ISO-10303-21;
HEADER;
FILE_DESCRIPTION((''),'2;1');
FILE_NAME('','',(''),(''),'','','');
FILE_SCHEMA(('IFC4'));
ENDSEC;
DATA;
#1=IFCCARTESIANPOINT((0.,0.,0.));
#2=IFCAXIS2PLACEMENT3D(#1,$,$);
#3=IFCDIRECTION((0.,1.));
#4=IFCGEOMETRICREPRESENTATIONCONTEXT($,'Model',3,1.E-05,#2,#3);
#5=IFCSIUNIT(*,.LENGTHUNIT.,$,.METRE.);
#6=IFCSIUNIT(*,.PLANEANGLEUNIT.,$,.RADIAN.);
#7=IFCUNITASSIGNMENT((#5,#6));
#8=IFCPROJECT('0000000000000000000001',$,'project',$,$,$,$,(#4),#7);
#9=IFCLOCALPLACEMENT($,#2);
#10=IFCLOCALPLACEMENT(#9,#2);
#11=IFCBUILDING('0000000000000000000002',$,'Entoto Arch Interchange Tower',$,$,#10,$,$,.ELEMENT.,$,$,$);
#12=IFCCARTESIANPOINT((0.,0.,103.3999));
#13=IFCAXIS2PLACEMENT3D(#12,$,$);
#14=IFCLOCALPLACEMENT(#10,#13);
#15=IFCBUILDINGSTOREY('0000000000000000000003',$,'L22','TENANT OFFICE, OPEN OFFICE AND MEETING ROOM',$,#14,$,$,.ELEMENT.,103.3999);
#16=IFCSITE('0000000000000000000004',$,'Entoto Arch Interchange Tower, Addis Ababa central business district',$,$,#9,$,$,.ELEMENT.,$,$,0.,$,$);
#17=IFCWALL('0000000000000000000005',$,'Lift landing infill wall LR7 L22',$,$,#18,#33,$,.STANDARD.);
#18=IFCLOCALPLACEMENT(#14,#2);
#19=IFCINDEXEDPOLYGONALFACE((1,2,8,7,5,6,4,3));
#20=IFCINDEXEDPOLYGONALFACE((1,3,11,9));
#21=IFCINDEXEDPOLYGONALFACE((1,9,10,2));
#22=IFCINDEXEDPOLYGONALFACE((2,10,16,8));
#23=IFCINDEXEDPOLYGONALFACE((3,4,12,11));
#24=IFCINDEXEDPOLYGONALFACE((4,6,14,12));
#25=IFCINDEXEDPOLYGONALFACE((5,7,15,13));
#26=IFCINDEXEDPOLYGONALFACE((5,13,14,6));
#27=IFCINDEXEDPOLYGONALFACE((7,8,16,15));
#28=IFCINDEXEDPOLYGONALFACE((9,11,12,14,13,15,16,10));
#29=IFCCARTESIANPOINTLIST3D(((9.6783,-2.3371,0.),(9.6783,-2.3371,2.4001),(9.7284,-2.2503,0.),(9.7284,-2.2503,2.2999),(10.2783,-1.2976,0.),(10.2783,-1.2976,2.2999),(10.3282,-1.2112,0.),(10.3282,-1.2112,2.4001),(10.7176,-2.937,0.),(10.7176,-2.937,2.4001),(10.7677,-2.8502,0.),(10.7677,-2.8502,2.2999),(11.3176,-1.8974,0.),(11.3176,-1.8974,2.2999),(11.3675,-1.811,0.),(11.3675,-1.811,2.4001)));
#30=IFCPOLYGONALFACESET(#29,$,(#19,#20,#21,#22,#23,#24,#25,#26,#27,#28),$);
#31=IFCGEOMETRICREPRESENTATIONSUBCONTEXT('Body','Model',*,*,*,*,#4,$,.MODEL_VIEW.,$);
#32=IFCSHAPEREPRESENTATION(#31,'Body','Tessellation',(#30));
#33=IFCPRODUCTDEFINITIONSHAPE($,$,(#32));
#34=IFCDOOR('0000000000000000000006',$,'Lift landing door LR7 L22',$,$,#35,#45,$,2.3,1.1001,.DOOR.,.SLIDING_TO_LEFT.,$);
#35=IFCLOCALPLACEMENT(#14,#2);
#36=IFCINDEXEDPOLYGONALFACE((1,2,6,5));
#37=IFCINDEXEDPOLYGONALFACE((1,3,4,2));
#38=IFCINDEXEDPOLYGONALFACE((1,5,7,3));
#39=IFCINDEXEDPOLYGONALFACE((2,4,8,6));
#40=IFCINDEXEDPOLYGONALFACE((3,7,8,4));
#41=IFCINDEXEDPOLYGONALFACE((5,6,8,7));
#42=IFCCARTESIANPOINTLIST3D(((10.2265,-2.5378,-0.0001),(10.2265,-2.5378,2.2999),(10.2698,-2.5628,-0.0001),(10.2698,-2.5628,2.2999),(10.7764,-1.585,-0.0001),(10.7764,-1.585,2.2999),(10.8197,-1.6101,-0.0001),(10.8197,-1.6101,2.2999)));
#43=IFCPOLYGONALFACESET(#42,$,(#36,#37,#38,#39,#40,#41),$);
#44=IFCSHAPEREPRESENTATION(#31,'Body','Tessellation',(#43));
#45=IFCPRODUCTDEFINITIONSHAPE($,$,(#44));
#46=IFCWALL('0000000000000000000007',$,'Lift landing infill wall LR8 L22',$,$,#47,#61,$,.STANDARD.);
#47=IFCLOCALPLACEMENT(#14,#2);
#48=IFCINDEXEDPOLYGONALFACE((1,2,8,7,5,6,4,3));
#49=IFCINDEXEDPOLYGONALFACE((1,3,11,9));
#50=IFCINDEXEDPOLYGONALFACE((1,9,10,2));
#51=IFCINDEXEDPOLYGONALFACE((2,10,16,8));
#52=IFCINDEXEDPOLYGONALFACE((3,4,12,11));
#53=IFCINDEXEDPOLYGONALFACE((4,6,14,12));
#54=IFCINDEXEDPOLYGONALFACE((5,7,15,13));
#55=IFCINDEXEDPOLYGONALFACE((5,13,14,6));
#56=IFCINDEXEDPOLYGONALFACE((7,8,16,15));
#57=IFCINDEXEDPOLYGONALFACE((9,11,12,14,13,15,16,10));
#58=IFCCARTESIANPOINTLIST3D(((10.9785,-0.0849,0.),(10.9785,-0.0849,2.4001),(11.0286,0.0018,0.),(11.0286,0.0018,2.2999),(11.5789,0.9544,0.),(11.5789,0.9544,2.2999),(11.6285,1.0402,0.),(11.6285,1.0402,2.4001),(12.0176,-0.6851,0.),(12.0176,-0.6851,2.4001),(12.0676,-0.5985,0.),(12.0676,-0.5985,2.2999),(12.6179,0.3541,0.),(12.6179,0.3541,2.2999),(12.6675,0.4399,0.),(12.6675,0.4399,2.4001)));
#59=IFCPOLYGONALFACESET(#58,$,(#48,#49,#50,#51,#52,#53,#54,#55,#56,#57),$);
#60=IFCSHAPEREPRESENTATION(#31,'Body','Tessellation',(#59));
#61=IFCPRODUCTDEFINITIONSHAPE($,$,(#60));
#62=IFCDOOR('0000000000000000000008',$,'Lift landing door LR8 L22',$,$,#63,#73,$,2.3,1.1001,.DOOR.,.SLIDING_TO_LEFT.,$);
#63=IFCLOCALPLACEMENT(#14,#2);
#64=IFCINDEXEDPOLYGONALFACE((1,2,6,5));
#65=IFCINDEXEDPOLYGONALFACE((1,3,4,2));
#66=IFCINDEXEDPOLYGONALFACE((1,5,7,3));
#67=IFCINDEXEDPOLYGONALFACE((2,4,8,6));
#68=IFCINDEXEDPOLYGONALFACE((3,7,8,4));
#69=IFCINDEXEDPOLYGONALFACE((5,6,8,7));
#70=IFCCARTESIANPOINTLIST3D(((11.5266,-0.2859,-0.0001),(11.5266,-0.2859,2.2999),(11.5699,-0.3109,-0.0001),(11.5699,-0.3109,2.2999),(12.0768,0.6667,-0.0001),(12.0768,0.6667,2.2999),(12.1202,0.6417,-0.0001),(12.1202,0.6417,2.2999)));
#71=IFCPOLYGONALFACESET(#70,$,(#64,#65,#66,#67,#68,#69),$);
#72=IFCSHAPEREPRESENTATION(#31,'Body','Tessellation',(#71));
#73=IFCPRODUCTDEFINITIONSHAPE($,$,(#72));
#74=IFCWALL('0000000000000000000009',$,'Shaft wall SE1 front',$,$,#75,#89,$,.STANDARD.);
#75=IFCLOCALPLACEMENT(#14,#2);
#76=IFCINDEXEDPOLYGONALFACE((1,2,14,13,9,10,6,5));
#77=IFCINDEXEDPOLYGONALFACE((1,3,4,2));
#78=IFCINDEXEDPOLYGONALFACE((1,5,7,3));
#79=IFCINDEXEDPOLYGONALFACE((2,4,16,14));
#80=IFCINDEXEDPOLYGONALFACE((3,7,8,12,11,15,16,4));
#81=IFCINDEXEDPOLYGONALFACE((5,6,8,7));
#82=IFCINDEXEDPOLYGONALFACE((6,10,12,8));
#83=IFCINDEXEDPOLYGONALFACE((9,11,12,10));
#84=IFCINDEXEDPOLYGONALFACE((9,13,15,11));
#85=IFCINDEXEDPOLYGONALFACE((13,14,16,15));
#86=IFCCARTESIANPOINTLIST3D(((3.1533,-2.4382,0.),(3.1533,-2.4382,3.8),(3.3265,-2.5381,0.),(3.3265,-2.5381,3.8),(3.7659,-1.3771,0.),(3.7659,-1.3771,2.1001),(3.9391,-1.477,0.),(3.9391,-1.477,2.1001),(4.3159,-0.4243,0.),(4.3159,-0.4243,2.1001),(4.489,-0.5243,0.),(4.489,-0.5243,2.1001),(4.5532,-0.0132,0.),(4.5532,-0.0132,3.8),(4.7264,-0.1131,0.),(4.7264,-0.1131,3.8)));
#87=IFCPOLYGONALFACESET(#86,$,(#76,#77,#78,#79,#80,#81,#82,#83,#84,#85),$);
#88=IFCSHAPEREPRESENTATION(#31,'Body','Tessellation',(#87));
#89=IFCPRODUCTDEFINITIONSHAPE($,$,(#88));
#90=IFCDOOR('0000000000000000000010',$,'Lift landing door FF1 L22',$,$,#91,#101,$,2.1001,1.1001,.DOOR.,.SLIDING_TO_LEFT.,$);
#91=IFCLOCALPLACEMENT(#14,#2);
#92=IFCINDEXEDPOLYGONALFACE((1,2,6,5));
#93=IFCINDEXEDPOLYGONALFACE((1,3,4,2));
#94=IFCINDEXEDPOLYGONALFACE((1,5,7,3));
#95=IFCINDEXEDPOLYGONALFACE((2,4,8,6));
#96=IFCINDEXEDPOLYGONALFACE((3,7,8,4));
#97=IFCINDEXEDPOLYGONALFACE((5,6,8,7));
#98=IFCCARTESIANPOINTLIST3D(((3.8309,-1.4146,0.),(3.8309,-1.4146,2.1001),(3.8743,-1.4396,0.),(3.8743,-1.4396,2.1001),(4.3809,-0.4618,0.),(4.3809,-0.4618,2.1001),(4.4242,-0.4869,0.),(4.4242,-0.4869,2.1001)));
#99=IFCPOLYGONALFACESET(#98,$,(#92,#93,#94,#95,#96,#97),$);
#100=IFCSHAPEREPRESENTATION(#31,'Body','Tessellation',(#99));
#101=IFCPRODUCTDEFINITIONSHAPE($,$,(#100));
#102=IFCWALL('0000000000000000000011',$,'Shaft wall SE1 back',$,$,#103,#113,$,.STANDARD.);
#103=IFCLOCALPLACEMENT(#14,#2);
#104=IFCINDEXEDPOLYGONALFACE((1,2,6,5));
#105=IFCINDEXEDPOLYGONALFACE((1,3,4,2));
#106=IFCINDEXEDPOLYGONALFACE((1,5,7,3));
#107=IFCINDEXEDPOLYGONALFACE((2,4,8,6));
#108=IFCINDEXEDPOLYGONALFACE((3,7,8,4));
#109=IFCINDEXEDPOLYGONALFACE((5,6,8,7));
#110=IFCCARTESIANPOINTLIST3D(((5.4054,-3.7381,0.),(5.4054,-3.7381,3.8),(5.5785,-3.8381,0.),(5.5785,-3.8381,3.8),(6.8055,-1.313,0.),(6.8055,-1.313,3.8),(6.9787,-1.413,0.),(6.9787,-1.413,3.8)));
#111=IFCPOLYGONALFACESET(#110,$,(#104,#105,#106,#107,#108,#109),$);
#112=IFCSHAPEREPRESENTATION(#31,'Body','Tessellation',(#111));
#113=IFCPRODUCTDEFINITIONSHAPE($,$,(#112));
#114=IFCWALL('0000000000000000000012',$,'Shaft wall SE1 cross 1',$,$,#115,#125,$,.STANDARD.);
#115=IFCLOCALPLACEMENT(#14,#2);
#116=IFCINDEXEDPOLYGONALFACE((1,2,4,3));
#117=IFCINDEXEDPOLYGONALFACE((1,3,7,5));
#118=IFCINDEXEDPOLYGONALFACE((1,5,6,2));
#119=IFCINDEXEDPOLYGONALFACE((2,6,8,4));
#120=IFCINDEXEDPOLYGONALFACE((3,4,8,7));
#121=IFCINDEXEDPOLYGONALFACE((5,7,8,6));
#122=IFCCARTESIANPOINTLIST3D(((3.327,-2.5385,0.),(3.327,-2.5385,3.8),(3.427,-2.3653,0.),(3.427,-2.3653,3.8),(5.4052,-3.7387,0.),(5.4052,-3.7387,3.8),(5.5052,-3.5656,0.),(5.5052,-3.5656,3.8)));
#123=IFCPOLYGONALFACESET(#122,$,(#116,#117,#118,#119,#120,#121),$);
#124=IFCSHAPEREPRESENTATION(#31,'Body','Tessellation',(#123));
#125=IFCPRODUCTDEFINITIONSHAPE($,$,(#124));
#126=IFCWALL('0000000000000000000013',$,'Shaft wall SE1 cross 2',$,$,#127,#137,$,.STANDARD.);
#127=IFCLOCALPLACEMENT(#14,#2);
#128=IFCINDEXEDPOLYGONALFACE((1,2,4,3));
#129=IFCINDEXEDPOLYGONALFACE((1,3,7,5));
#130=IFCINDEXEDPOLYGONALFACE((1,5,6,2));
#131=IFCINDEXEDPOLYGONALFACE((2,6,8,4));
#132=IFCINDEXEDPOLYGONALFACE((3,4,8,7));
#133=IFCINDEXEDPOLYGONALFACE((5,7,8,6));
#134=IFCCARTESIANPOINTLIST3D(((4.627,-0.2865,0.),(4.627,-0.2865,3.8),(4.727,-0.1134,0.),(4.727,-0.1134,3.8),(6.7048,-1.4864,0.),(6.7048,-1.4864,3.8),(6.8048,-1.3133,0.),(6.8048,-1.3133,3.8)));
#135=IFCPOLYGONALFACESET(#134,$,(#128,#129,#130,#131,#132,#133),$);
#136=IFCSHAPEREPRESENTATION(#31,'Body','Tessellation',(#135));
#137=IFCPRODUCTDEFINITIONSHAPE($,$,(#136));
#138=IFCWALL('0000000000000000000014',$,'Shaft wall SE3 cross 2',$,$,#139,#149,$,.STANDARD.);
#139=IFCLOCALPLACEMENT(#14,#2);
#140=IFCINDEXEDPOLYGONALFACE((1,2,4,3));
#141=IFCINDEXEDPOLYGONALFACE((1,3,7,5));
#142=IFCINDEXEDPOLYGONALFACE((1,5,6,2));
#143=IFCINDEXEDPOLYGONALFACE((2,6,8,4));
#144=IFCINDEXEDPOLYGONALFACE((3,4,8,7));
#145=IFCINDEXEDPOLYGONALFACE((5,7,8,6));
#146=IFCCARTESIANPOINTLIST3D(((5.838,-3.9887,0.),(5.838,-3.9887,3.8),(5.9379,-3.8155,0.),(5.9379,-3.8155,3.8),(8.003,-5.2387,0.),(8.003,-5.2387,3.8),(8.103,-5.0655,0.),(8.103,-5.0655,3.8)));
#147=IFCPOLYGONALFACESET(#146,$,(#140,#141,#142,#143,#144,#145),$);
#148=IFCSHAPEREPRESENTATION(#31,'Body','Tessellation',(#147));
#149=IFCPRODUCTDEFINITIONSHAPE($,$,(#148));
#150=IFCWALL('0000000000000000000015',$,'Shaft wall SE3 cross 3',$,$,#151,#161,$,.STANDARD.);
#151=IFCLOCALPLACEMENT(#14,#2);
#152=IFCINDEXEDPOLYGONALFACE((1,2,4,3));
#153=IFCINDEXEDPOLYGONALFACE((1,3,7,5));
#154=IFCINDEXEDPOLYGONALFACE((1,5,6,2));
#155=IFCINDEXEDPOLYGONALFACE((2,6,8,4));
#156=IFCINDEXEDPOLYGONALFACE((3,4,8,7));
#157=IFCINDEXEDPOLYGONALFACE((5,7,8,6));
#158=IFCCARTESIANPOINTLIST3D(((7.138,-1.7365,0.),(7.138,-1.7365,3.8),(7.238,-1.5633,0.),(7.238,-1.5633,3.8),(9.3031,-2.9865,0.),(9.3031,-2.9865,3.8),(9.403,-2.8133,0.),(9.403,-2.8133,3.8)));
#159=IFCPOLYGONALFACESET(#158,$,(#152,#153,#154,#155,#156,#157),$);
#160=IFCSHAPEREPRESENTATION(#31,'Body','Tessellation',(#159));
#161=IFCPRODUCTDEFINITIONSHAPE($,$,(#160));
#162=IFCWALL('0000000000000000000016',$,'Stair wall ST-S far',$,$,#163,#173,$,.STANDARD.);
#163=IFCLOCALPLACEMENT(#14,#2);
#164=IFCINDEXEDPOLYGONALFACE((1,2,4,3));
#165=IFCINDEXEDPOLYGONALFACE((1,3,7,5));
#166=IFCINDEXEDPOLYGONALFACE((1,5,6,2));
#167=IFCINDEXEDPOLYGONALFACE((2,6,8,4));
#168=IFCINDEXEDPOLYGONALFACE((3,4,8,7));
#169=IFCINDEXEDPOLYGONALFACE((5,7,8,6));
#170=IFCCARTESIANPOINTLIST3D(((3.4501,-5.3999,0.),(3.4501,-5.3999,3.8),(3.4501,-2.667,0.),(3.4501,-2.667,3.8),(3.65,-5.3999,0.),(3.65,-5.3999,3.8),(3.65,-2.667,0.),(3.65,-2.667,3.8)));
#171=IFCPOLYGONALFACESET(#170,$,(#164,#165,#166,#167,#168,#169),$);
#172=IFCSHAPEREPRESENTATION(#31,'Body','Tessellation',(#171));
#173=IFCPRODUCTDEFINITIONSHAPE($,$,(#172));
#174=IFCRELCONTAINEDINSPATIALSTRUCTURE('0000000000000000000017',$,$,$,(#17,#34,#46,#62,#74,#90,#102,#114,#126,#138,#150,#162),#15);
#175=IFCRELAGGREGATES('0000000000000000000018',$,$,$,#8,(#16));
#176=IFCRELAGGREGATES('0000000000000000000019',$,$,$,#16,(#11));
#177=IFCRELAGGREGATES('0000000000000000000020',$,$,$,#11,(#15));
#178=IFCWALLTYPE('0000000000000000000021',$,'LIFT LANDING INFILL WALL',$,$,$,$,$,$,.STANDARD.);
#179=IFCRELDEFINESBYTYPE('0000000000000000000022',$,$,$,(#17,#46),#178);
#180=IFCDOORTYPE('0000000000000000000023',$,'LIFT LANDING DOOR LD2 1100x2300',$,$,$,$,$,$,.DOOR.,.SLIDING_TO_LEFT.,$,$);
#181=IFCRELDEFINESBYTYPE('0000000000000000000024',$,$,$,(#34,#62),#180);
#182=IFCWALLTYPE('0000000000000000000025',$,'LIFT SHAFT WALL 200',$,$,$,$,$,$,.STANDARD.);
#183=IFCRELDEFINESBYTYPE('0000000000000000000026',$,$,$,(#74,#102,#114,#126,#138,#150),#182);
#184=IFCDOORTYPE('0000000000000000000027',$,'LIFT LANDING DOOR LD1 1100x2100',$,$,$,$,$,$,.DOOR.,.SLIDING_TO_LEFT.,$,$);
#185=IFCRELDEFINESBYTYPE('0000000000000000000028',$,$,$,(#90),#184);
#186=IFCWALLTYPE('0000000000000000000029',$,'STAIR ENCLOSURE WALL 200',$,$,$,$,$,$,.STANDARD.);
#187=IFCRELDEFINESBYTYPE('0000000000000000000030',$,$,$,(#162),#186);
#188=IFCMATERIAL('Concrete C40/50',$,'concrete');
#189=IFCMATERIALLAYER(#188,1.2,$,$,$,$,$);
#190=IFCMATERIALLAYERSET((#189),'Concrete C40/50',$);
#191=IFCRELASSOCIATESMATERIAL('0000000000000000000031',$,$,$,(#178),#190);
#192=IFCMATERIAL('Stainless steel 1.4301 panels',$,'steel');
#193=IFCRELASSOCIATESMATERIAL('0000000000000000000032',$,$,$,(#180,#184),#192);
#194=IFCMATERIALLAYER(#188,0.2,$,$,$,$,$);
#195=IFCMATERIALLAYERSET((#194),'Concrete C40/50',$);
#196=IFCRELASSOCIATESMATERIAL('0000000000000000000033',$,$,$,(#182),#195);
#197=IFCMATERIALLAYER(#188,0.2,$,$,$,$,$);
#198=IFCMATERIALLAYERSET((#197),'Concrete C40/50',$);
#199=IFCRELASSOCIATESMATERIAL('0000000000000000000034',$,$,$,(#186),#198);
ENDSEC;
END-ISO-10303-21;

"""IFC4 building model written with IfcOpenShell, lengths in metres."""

from ifc_helpers import new_model, si_unit, direction, frame, frame_2d, origin, place, context, subcontext, project, spatial, rectangle, extrude, material, layer, layer_set, type_object, element, fill, save


model = new_model("IFC4")

# Units and contexts
model_context = context("Model", 3, precision=1e-05, world=origin(), true_north=direction((0.0, 1.0)))
body_context = subcontext(model_context, "Body", "Model", "MODEL_VIEW")
ifc_project = project(units=[si_unit("LENGTHUNIT", "METRE"), si_unit("PLANEANGLEUNIT", "RADIAN")], contexts=[model_context])

# Site, building, storey
site_placement = place(None, origin())
site = spatial("IfcSite", under=ifc_project, at=site_placement, Name="Entoto Arch Interchange Tower, Addis Ababa central business district", CompositionType="ELEMENT", RefElevation=0.0)
building_placement = place(site_placement, origin())
building = spatial("IfcBuilding", under=site, at=building_placement, Name="Entoto Arch Interchange Tower", CompositionType="ELEMENT")
storey_placement = place(building_placement, frame((0.0, 0.0, 103.3999)))
storey = spatial("IfcBuildingStorey", under=building, at=storey_placement, Name="L22", Description="TENANT OFFICE, OPEN OFFICE AND MEETING ROOM", CompositionType="ELEMENT", Elevation=103.3999)

# Walls, openings, doors
ifc_material_1 = material(Name="Concrete C40/50", Category="concrete")
ifc_layer_1 = layer(ifc_material_1, 1.2)
ifc_layer_set_1 = layer_set([ifc_layer_1], Name="Concrete C40/50")
wall_type_1 = type_object("IfcWallType", Name="LIFT LANDING INFILL WALL", PredefinedType="STANDARD", material=ifc_layer_set_1)
ifc_material_2 = material(Name="Stainless steel 1.4301 panels", Category="steel")
door_type_1 = type_object("IfcDoorType", Name="LIFT LANDING DOOR LD2 1100x2300", OperationType="SLIDING_TO_LEFT", PredefinedType="DOOR", material=ifc_material_2)
wall_1_placement = place(storey_placement, frame((10.198, -2.637, 0.0), z_axis=(0.0, 0.0, 1.0), x_axis=(0.499896, 0.866086, 0.0)))
wall_1 = element("IfcWall", 1, at=wall_1_placement, inside=storey, type_object=wall_type_1, Name="Lift landing infill wall LR7 L22", PredefinedType="STANDARD", context=body_context, shape_type="SweptSolid", body=[
    extrude(rectangle(XDim=1.3, YDim=1.2, at=frame_2d((0.6499, 0.0))), origin(), (0.0, 0.0, 1.0), 2.4001),
])
opening_1_placement = place(wall_1_placement, frame((0.1001, 0.0, 0.0)))
opening_1 = element("IfcOpeningElement", 2, at=opening_1_placement, cuts=wall_1, PredefinedType="OPENING", context=body_context, shape_type="SweptSolid", body=[
    extrude(rectangle(XDim=1.1001, YDim=2.3, at=frame_2d((0.55, 1.1499))), frame((0.0, 0.6099, 0.0), z_axis=(0.0, -1.0, 0.0), x_axis=(1.0, 0.0, 0.0)), (0.0, 0.0, 1.0), 1.22),
])
door_1_placement = place(opening_1_placement, origin())
door_1 = element("IfcDoor", 3, at=door_1_placement, inside=storey, type_object=door_type_1, Name="Lift landing door LR7 L22", OperationType="SLIDING_TO_LEFT", OverallHeight=2.3, OverallWidth=1.1001, PredefinedType="DOOR", context=body_context, shape_type="SweptSolid", body=[
    extrude(rectangle(XDim=1.1001, YDim=2.3, at=frame_2d((0.55, 1.1499))), frame((0.0, 0.0249, 0.0), z_axis=(0.0, -1.0, 0.0), x_axis=(1.0, 0.0, 0.0)), (0.0, 0.0, 1.0), 0.05),
])
fill(opening_1, door_1)
wall_2_placement = place(storey_placement, frame((11.498, -0.385, 0.0), z_axis=(0.0, 0.0, 1.0), x_axis=(0.500221, 0.865898, 0.0)))
wall_2 = element("IfcWall", 4, at=wall_2_placement, inside=storey, type_object=wall_type_1, Name="Lift landing infill wall LR8 L22", PredefinedType="STANDARD", context=body_context, shape_type="SweptSolid", body=[
    extrude(rectangle(XDim=1.2993, YDim=1.2, at=frame_2d((0.6497, 0.0))), origin(), (0.0, 0.0, 1.0), 2.4001),
])
opening_2_placement = place(wall_2_placement, frame((0.1001, 0.0, 0.0)))
opening_2 = element("IfcOpeningElement", 5, at=opening_2_placement, cuts=wall_2, PredefinedType="OPENING", context=body_context, shape_type="SweptSolid", body=[
    extrude(rectangle(XDim=1.1001, YDim=2.3, at=frame_2d((0.55, 1.1499))), frame((0.0, 0.6099, 0.0), z_axis=(0.0, -1.0, 0.0), x_axis=(1.0, 0.0, 0.0)), (0.0, 0.0, 1.0), 1.22),
])
door_2_placement = place(opening_2_placement, origin())
door_2 = element("IfcDoor", 6, at=door_2_placement, inside=storey, type_object=door_type_1, Name="Lift landing door LR8 L22", OperationType="SLIDING_TO_LEFT", OverallHeight=2.3, OverallWidth=1.1001, PredefinedType="DOOR", context=body_context, shape_type="SweptSolid", body=[
    extrude(rectangle(XDim=1.1001, YDim=2.3, at=frame_2d((0.55, 1.1499))), frame((0.0, 0.0249, 0.0), z_axis=(0.0, -1.0, 0.0), x_axis=(1.0, 0.0, 0.0)), (0.0, 0.0, 1.0), 0.05),
])
fill(opening_2, door_2)
ifc_layer_2 = layer(ifc_material_1, 0.2)
ifc_layer_set_2 = layer_set([ifc_layer_2], Name="Concrete C40/50")
wall_type_2 = type_object("IfcWallType", Name="LIFT SHAFT WALL 200", PredefinedType="STANDARD", material=ifc_layer_set_2)
wall_3_placement = place(storey_placement, frame((3.24, -2.488, 0.0), z_axis=(0.0, 0.0, 1.0), x_axis=(0.499946, 0.866056, 0.0)))
wall_3 = element("IfcWall", 7, at=wall_3_placement, inside=storey, type_object=wall_type_2, Name="Shaft wall SE1 front", PredefinedType="STANDARD", context=body_context, shape_type="SweptSolid", body=[
    extrude(rectangle(XDim=2.8, YDim=0.2, at=frame_2d((1.3999, 0.0))), origin(), (0.0, 0.0, 1.0), 3.8),
])
opening_3_placement = place(wall_3_placement, frame((1.2251, 0.0, 0.0)))
opening_3 = element("IfcOpeningElement", 8, at=opening_3_placement, cuts=wall_3, PredefinedType="OPENING", context=body_context, shape_type="SweptSolid", body=[
    extrude(rectangle(XDim=1.1001, YDim=2.1001, at=frame_2d((0.55, 1.05))), frame((0.0, 0.1099, 0.0), z_axis=(0.0, -1.0, 0.0), x_axis=(1.0, 0.0, 0.0)), (0.0, 0.0, 1.0), 0.22),
])
door_type_2 = type_object("IfcDoorType", Name="LIFT LANDING DOOR LD1 1100x2100", OperationType="SLIDING_TO_LEFT", PredefinedType="DOOR", material=ifc_material_2)
door_3_placement = place(opening_3_placement, origin())
door_3 = element("IfcDoor", 9, at=door_3_placement, inside=storey, type_object=door_type_2, Name="Lift landing door FF1 L22", OperationType="SLIDING_TO_LEFT", OverallHeight=2.1001, OverallWidth=1.1001, PredefinedType="DOOR", context=body_context, shape_type="SweptSolid", body=[
    extrude(rectangle(XDim=1.1001, YDim=2.1001, at=frame_2d((0.55, 1.05))), frame((0.0, 0.0249, 0.0), z_axis=(0.0, -1.0, 0.0), x_axis=(1.0, 0.0, 0.0)), (0.0, 0.0, 1.0), 0.05),
])
fill(opening_3, door_3)

# Walls
wall_4_placement = place(storey_placement, frame((5.4919, -3.7881, 0.0), z_axis=(0.0, 0.0, 1.0), x_axis=(0.500012, 0.866019, 0.0)))
element("IfcWall", 10, at=wall_4_placement, inside=storey, type_object=wall_type_2, Name="Shaft wall SE1 back", PredefinedType="STANDARD", context=body_context, shape_type="SweptSolid", body=[
    extrude(rectangle(XDim=2.8003, YDim=0.2, at=frame_2d((1.4001, 0.0))), origin(), (0.0, 0.0, 1.0), 3.8),
])
wall_5_placement = place(storey_placement, frame((3.377, -2.4519, 0.0), z_axis=(0.0, 0.0, 1.0), x_axis=(0.865955, -0.500122, 0.0)))
element("IfcWall", 11, at=wall_5_placement, inside=storey, type_object=wall_type_2, Name="Shaft wall SE1 cross 1", PredefinedType="STANDARD", context=body_context, shape_type="SweptSolid", body=[
    extrude(rectangle(XDim=2.3999, YDim=0.2, at=frame_2d((1.2, 0.0))), origin(), (0.0, 0.0, 1.0), 3.8),
])
wall_6_placement = place(storey_placement, frame((4.677, -0.2, 0.0), z_axis=(0.0, 0.0, 1.0), x_axis=(0.865974, -0.500089, 0.0)))
element("IfcWall", 12, at=wall_6_placement, inside=storey, type_object=wall_type_2, Name="Shaft wall SE1 cross 2", PredefinedType="STANDARD", context=body_context, shape_type="SweptSolid", body=[
    extrude(rectangle(XDim=2.3994, YDim=0.2, at=frame_2d((1.1997, 0.0))), origin(), (0.0, 0.0, 1.0), 3.8),
])
for number, where, z_axis, x_axis, name in (
    (13, (5.8879, -3.9021, 0.0), (0.0, 0.0, 1.0), (0.866023, -0.500004, 0.0), "Shaft wall SE3 cross 2"),
    (14, (7.188, -1.6499, 0.0), (0.0, 0.0, 1.0), (0.866023, -0.500004, 0.0), "Shaft wall SE3 cross 3"),
):
    element("IfcWall", number, at=place(storey_placement, frame(where, z_axis=z_axis, x_axis=x_axis)), inside=storey, type_object=wall_type_2, Name=name, PredefinedType="STANDARD", context=body_context, shape_type="SweptSolid", body=[
        extrude(rectangle(XDim=2.5, YDim=0.2, at=frame_2d((1.25, 0.0))), origin(), (0.0, 0.0, 1.0), 3.8),
    ])
ifc_layer_3 = layer(ifc_material_1, 0.2)
ifc_layer_set_3 = layer_set([ifc_layer_3], Name="Concrete C40/50")
wall_type_3 = type_object("IfcWallType", Name="STAIR ENCLOSURE WALL 200", PredefinedType="STANDARD", material=ifc_layer_set_3)
wall_7_placement = place(storey_placement, frame((3.55, -2.667, 0.0), z_axis=(0.0, 0.0, 1.0), x_axis=(0.0, -1.0, 0.0)))
element("IfcWall", 15, at=wall_7_placement, inside=storey, type_object=wall_type_3, Name="Stair wall ST-S far", PredefinedType="STANDARD", context=body_context, shape_type="SweptSolid", body=[
    extrude(rectangle(XDim=2.7329, YDim=0.2, at=frame_2d((1.3665, 0.0))), origin(), (0.0, 0.0, 1.0), 3.8),
])

save(model, "model.ifc")
